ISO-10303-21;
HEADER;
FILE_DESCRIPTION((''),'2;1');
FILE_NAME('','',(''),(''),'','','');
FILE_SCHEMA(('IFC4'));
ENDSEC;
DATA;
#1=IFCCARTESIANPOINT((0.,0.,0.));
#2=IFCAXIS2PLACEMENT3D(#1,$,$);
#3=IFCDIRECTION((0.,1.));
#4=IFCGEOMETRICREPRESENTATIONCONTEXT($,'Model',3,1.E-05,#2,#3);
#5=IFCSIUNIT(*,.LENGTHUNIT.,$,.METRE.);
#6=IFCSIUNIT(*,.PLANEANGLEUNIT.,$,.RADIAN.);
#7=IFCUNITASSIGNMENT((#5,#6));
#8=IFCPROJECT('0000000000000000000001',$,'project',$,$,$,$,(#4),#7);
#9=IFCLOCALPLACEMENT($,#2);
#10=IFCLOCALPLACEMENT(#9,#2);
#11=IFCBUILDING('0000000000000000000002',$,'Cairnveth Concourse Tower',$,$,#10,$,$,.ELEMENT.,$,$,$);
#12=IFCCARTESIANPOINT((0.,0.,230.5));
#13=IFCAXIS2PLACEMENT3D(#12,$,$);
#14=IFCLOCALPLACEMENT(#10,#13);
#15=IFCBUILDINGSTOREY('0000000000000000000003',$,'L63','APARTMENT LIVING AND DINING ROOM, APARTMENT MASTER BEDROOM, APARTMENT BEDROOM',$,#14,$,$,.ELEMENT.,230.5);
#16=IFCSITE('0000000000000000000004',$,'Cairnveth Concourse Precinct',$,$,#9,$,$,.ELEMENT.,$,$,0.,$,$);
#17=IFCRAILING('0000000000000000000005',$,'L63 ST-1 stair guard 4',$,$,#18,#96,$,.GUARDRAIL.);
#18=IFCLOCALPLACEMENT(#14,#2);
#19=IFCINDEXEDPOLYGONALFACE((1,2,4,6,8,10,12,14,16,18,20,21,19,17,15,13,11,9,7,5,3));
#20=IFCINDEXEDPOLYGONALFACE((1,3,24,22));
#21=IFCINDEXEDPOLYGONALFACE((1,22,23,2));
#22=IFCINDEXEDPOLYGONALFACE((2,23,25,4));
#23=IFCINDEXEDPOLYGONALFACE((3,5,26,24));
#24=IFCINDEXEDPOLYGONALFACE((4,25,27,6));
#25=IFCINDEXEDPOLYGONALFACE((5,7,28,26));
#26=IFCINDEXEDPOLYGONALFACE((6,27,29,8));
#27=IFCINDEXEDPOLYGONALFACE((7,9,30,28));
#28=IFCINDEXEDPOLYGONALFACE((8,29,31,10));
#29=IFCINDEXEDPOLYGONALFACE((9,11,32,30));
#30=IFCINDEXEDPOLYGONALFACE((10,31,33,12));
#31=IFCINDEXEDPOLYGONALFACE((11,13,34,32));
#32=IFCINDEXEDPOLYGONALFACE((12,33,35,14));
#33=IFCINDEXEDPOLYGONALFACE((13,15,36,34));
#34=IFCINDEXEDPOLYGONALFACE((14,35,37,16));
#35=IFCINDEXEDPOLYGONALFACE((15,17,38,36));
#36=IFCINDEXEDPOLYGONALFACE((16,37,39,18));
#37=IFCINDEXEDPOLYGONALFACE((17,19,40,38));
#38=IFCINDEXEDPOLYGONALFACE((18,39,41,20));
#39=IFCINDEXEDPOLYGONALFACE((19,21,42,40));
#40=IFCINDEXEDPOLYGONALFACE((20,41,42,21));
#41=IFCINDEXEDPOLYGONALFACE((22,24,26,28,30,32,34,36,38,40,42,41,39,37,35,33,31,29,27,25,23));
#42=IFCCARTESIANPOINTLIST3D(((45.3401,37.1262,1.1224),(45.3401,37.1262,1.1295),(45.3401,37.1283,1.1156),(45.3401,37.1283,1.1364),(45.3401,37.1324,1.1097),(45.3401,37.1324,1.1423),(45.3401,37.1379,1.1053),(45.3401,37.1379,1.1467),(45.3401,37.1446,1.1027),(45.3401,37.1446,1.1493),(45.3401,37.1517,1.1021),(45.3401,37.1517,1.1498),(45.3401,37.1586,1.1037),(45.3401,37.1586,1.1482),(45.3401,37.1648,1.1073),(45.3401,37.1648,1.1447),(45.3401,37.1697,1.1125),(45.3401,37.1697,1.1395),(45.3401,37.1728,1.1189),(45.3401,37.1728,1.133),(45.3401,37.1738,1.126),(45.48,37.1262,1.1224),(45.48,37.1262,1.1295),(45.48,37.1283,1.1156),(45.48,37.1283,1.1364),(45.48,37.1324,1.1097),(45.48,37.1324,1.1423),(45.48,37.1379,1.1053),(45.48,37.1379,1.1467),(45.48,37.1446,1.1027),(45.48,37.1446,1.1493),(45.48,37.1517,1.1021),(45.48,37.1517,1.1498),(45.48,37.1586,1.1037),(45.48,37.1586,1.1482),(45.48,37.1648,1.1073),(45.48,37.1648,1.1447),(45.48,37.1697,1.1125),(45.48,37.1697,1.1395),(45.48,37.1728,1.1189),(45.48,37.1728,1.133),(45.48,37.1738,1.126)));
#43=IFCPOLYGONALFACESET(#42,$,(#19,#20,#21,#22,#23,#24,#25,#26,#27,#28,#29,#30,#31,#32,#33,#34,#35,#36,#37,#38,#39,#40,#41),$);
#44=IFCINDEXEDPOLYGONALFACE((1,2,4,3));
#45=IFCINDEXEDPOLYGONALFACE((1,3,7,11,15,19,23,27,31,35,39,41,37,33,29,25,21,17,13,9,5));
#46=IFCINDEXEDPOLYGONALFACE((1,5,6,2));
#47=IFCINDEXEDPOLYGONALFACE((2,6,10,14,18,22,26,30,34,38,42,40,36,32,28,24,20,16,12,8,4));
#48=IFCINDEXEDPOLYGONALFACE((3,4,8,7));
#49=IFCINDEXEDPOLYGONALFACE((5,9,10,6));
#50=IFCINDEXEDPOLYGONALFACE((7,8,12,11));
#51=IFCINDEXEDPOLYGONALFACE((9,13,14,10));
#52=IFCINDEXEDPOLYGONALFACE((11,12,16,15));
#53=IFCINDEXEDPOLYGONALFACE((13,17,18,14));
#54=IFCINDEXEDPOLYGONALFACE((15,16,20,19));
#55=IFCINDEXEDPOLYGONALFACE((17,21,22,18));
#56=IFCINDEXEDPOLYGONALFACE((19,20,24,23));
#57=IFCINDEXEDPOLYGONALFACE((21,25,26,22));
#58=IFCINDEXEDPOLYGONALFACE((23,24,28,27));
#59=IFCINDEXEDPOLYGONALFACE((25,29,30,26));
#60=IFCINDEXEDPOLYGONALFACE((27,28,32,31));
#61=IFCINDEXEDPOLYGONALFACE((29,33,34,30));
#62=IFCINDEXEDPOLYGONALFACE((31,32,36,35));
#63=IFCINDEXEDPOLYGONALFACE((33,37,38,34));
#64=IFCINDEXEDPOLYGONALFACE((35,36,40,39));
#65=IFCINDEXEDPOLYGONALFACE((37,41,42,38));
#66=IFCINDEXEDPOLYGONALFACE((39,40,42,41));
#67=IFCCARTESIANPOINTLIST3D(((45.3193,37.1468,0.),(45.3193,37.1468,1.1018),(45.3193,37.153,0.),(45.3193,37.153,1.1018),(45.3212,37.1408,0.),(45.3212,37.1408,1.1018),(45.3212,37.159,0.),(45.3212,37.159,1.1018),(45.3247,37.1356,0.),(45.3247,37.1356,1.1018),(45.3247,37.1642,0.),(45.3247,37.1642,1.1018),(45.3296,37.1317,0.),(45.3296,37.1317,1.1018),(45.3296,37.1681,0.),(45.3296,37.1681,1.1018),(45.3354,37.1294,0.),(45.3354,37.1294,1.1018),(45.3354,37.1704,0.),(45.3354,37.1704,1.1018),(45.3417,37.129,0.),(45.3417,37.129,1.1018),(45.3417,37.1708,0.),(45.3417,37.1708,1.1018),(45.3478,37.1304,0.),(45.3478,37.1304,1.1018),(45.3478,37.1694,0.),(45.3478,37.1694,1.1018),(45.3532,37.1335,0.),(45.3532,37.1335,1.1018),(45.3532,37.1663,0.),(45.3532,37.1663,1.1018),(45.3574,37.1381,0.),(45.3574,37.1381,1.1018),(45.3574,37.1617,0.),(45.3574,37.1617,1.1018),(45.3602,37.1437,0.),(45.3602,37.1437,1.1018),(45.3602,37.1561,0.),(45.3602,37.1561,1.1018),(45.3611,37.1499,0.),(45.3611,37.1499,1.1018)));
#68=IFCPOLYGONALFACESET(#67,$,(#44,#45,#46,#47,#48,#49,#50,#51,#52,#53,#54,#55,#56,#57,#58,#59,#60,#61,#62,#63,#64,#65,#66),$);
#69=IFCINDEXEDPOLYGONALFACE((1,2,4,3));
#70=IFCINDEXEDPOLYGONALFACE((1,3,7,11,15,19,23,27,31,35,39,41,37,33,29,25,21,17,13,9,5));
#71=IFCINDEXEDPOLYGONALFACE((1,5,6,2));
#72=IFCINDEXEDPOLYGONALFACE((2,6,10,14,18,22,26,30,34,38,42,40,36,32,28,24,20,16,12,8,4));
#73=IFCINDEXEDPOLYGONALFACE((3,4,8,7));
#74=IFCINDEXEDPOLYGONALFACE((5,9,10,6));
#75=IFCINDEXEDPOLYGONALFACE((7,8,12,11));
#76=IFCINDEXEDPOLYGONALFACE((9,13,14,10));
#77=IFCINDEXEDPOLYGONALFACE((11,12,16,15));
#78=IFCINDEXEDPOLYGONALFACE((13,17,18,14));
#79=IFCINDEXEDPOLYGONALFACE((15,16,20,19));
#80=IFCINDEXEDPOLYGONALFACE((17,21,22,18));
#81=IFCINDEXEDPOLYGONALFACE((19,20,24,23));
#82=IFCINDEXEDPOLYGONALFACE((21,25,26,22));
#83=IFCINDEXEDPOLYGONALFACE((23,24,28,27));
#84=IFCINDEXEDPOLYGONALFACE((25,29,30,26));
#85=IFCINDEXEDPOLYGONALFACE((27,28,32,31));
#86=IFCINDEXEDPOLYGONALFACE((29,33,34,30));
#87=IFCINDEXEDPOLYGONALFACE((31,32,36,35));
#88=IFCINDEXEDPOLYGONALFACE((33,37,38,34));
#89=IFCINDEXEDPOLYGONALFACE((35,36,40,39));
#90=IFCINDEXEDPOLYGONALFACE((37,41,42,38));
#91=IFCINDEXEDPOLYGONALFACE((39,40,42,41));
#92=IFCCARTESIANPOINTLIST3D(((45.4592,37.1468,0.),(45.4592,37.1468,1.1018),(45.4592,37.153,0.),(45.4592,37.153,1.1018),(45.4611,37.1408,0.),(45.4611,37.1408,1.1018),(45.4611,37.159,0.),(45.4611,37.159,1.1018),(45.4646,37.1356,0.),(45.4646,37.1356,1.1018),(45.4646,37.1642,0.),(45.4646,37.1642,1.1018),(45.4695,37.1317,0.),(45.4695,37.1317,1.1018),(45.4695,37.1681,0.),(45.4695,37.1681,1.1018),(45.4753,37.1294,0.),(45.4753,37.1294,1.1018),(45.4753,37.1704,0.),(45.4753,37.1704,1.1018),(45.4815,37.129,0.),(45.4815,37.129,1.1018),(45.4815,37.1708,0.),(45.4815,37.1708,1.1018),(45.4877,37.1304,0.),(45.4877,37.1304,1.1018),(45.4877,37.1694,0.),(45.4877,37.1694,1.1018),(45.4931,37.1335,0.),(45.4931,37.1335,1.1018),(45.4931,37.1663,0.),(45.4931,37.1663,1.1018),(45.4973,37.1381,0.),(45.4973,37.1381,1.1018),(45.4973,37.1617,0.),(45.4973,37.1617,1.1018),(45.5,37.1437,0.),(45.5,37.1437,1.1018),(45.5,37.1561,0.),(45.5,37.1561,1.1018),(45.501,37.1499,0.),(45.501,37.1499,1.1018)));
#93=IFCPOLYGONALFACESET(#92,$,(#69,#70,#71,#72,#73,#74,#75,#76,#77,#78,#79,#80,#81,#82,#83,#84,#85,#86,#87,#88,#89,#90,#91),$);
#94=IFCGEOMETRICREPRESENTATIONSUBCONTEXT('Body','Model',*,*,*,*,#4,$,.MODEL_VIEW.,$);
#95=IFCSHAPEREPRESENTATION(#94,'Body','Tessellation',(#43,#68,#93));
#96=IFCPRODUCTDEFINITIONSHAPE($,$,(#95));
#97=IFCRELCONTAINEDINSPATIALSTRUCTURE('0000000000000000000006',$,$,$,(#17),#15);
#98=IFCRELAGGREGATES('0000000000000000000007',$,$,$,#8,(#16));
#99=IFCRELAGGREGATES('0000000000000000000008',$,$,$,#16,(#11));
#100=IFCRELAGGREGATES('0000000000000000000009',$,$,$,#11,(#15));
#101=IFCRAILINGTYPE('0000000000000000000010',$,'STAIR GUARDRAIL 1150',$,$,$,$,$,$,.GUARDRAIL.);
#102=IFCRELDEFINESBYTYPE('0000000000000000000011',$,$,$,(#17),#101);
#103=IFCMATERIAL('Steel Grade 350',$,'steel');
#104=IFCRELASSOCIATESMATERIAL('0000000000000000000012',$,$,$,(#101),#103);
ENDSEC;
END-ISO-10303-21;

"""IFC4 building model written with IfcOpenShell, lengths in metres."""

from ifc_helpers import new_model, si_unit, direction, frame, origin, origin_2d, place, context, subcontext, project, spatial, circle, extrude, material, type_object, element, save


model = new_model("IFC4")

# Units and contexts
model_context = context("Model", 3, precision=1e-05, world=origin(), true_north=direction((0.0, 1.0)))
body_context = subcontext(model_context, "Body", "Model", "MODEL_VIEW")
ifc_project = project(units=[si_unit("LENGTHUNIT", "METRE"), si_unit("PLANEANGLEUNIT", "RADIAN")], contexts=[model_context])

# Site, building, storey
site_placement = place(None, origin())
site = spatial("IfcSite", under=ifc_project, at=site_placement, Name="Cairnveth Concourse Precinct", CompositionType="ELEMENT", RefElevation=0.0)
building_placement = place(site_placement, origin())
building = spatial("IfcBuilding", under=site, at=building_placement, Name="Cairnveth Concourse Tower", CompositionType="ELEMENT")
storey_placement = place(building_placement, frame((0.0, 0.0, 230.5)))
storey = spatial("IfcBuildingStorey", under=building, at=storey_placement, Name="L63", Description="APARTMENT LIVING AND DINING ROOM, APARTMENT MASTER BEDROOM, APARTMENT BEDROOM", CompositionType="ELEMENT", Elevation=230.5)

# Shared definitions
ifc_material_1 = material(Name="Steel Grade 350", Category="steel")

# Railing
railing_type_1 = type_object("IfcRailingType", Name="STAIR GUARDRAIL 1150", PredefinedType="GUARDRAIL", material=ifc_material_1)
railing_1_placement = place(storey_placement, frame((45.3401, 37.1499, 0.0)))
element("IfcRailing", 1, at=railing_1_placement, inside=storey, type_object=railing_type_1, Name="L63 ST-1 stair guard 4", PredefinedType="GUARDRAIL", context=body_context, shape_type="SweptSolid", body=[
    extrude(circle(Radius=0.0239, at=origin_2d()), frame((0.0, 0.0, 1.126), z_axis=(1.0, 0.0, 0.0), x_axis=(0.0, 1.0, 0.0)), (0.0, 0.0, 1.0), 0.1399),
    extrude(circle(Radius=0.021, at=origin_2d()), origin(), (0.0, 0.0, 1.0), 1.1018),
    extrude(circle(Radius=0.021, at=origin_2d()), frame((0.1399, 0.0, 0.0)), (0.0, 0.0, 1.0), 1.1018),
])

save(model, "model.ifc")
